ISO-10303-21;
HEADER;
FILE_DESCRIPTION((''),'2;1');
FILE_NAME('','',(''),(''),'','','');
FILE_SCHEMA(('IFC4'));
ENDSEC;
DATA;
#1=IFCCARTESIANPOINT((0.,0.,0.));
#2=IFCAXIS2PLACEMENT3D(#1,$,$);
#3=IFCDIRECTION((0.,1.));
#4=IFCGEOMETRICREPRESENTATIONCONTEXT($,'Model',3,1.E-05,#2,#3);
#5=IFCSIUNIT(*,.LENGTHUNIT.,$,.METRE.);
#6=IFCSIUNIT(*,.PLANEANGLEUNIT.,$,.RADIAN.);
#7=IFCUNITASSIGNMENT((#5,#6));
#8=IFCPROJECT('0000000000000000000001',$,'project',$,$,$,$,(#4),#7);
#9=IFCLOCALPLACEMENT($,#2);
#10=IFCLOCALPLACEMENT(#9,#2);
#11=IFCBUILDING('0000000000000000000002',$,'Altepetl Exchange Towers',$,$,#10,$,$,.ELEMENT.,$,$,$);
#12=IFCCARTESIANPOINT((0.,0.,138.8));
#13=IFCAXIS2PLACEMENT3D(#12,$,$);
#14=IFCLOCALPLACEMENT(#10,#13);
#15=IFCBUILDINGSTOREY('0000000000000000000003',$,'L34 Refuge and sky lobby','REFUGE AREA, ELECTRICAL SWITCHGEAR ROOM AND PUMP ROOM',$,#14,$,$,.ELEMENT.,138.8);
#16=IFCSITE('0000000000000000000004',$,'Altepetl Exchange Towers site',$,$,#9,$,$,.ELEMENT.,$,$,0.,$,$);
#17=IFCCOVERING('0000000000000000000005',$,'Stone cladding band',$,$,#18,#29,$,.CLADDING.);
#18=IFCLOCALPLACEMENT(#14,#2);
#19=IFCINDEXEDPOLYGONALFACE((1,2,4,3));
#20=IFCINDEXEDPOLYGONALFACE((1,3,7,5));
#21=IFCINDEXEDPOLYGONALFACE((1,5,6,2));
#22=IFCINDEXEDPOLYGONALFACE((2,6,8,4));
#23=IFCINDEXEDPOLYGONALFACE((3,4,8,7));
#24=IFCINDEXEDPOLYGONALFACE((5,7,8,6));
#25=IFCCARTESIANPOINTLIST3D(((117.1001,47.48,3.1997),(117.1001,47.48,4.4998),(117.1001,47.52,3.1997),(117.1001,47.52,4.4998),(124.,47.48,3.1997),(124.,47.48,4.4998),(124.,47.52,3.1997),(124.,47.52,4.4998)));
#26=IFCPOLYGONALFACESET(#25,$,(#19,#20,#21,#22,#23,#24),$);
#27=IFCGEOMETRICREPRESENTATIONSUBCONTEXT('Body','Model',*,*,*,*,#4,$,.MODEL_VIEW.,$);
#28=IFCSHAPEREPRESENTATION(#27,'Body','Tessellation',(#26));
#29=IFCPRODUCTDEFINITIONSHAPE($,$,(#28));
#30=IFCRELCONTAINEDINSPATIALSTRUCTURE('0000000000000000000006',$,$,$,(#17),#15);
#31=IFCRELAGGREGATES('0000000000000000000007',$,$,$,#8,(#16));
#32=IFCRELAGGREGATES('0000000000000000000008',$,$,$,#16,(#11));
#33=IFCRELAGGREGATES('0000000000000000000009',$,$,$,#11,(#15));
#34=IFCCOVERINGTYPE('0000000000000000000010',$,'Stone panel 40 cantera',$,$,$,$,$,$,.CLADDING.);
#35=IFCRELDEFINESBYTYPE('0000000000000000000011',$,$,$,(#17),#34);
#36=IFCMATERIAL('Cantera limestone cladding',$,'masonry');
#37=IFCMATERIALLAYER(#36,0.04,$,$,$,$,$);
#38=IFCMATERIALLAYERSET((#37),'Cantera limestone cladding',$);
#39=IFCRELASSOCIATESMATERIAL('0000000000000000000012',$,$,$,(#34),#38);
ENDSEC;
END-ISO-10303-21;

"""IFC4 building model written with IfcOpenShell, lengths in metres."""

from ifc_helpers import new_model, si_unit, direction, frame, origin, origin_2d, place, context, subcontext, project, spatial, rectangle, extrude, material, layer, layer_set, type_object, element, save


model = new_model("IFC4")

# Units and contexts
model_context = context("Model", 3, precision=1e-05, world=origin(), true_north=direction((0.0, 1.0)))
body_context = subcontext(model_context, "Body", "Model", "MODEL_VIEW")
ifc_project = project(units=[si_unit("LENGTHUNIT", "METRE"), si_unit("PLANEANGLEUNIT", "RADIAN")], contexts=[model_context])

# Site, building, storey
site_placement = place(None, origin())
site = spatial("IfcSite", under=ifc_project, at=site_placement, Name="Altepetl Exchange Towers site", CompositionType="ELEMENT", RefElevation=0.0)
building_placement = place(site_placement, origin())
building = spatial("IfcBuilding", under=site, at=building_placement, Name="Altepetl Exchange Towers", CompositionType="ELEMENT")
storey_placement = place(building_placement, frame((0.0, 0.0, 138.8)))
storey = spatial("IfcBuildingStorey", under=building, at=storey_placement, Name="L34 Refuge and sky lobby", Description="REFUGE AREA, ELECTRICAL SWITCHGEAR ROOM AND PUMP ROOM", CompositionType="ELEMENT", Elevation=138.8)

# Shared definitions
ifc_material_1 = material(Name="Cantera limestone cladding", Category="masonry")

# Covering
ifc_layer_1 = layer(ifc_material_1, 0.04)
ifc_layer_set_1 = layer_set([ifc_layer_1], Name="Cantera limestone cladding")
covering_type = type_object("IfcCoveringType", Name="Stone panel 40 cantera", PredefinedType="CLADDING", material=ifc_layer_set_1)
covering_1_placement = place(storey_placement, frame((120.55, 47.5, 3.1997), z_axis=(0.0, 0.0, 1.0), x_axis=(-1.0, 0.0, 0.0)))
element("IfcCovering", 1, at=covering_1_placement, inside=storey, type_object=covering_type, Name="Stone cladding band", PredefinedType="CLADDING", context=body_context, shape_type="SweptSolid", body=[
    extrude(rectangle(XDim=6.8999, YDim=0.04, at=origin_2d()), origin(), (0.0, 0.0, 1.0), 1.3),
])

save(model, "model.ifc")
